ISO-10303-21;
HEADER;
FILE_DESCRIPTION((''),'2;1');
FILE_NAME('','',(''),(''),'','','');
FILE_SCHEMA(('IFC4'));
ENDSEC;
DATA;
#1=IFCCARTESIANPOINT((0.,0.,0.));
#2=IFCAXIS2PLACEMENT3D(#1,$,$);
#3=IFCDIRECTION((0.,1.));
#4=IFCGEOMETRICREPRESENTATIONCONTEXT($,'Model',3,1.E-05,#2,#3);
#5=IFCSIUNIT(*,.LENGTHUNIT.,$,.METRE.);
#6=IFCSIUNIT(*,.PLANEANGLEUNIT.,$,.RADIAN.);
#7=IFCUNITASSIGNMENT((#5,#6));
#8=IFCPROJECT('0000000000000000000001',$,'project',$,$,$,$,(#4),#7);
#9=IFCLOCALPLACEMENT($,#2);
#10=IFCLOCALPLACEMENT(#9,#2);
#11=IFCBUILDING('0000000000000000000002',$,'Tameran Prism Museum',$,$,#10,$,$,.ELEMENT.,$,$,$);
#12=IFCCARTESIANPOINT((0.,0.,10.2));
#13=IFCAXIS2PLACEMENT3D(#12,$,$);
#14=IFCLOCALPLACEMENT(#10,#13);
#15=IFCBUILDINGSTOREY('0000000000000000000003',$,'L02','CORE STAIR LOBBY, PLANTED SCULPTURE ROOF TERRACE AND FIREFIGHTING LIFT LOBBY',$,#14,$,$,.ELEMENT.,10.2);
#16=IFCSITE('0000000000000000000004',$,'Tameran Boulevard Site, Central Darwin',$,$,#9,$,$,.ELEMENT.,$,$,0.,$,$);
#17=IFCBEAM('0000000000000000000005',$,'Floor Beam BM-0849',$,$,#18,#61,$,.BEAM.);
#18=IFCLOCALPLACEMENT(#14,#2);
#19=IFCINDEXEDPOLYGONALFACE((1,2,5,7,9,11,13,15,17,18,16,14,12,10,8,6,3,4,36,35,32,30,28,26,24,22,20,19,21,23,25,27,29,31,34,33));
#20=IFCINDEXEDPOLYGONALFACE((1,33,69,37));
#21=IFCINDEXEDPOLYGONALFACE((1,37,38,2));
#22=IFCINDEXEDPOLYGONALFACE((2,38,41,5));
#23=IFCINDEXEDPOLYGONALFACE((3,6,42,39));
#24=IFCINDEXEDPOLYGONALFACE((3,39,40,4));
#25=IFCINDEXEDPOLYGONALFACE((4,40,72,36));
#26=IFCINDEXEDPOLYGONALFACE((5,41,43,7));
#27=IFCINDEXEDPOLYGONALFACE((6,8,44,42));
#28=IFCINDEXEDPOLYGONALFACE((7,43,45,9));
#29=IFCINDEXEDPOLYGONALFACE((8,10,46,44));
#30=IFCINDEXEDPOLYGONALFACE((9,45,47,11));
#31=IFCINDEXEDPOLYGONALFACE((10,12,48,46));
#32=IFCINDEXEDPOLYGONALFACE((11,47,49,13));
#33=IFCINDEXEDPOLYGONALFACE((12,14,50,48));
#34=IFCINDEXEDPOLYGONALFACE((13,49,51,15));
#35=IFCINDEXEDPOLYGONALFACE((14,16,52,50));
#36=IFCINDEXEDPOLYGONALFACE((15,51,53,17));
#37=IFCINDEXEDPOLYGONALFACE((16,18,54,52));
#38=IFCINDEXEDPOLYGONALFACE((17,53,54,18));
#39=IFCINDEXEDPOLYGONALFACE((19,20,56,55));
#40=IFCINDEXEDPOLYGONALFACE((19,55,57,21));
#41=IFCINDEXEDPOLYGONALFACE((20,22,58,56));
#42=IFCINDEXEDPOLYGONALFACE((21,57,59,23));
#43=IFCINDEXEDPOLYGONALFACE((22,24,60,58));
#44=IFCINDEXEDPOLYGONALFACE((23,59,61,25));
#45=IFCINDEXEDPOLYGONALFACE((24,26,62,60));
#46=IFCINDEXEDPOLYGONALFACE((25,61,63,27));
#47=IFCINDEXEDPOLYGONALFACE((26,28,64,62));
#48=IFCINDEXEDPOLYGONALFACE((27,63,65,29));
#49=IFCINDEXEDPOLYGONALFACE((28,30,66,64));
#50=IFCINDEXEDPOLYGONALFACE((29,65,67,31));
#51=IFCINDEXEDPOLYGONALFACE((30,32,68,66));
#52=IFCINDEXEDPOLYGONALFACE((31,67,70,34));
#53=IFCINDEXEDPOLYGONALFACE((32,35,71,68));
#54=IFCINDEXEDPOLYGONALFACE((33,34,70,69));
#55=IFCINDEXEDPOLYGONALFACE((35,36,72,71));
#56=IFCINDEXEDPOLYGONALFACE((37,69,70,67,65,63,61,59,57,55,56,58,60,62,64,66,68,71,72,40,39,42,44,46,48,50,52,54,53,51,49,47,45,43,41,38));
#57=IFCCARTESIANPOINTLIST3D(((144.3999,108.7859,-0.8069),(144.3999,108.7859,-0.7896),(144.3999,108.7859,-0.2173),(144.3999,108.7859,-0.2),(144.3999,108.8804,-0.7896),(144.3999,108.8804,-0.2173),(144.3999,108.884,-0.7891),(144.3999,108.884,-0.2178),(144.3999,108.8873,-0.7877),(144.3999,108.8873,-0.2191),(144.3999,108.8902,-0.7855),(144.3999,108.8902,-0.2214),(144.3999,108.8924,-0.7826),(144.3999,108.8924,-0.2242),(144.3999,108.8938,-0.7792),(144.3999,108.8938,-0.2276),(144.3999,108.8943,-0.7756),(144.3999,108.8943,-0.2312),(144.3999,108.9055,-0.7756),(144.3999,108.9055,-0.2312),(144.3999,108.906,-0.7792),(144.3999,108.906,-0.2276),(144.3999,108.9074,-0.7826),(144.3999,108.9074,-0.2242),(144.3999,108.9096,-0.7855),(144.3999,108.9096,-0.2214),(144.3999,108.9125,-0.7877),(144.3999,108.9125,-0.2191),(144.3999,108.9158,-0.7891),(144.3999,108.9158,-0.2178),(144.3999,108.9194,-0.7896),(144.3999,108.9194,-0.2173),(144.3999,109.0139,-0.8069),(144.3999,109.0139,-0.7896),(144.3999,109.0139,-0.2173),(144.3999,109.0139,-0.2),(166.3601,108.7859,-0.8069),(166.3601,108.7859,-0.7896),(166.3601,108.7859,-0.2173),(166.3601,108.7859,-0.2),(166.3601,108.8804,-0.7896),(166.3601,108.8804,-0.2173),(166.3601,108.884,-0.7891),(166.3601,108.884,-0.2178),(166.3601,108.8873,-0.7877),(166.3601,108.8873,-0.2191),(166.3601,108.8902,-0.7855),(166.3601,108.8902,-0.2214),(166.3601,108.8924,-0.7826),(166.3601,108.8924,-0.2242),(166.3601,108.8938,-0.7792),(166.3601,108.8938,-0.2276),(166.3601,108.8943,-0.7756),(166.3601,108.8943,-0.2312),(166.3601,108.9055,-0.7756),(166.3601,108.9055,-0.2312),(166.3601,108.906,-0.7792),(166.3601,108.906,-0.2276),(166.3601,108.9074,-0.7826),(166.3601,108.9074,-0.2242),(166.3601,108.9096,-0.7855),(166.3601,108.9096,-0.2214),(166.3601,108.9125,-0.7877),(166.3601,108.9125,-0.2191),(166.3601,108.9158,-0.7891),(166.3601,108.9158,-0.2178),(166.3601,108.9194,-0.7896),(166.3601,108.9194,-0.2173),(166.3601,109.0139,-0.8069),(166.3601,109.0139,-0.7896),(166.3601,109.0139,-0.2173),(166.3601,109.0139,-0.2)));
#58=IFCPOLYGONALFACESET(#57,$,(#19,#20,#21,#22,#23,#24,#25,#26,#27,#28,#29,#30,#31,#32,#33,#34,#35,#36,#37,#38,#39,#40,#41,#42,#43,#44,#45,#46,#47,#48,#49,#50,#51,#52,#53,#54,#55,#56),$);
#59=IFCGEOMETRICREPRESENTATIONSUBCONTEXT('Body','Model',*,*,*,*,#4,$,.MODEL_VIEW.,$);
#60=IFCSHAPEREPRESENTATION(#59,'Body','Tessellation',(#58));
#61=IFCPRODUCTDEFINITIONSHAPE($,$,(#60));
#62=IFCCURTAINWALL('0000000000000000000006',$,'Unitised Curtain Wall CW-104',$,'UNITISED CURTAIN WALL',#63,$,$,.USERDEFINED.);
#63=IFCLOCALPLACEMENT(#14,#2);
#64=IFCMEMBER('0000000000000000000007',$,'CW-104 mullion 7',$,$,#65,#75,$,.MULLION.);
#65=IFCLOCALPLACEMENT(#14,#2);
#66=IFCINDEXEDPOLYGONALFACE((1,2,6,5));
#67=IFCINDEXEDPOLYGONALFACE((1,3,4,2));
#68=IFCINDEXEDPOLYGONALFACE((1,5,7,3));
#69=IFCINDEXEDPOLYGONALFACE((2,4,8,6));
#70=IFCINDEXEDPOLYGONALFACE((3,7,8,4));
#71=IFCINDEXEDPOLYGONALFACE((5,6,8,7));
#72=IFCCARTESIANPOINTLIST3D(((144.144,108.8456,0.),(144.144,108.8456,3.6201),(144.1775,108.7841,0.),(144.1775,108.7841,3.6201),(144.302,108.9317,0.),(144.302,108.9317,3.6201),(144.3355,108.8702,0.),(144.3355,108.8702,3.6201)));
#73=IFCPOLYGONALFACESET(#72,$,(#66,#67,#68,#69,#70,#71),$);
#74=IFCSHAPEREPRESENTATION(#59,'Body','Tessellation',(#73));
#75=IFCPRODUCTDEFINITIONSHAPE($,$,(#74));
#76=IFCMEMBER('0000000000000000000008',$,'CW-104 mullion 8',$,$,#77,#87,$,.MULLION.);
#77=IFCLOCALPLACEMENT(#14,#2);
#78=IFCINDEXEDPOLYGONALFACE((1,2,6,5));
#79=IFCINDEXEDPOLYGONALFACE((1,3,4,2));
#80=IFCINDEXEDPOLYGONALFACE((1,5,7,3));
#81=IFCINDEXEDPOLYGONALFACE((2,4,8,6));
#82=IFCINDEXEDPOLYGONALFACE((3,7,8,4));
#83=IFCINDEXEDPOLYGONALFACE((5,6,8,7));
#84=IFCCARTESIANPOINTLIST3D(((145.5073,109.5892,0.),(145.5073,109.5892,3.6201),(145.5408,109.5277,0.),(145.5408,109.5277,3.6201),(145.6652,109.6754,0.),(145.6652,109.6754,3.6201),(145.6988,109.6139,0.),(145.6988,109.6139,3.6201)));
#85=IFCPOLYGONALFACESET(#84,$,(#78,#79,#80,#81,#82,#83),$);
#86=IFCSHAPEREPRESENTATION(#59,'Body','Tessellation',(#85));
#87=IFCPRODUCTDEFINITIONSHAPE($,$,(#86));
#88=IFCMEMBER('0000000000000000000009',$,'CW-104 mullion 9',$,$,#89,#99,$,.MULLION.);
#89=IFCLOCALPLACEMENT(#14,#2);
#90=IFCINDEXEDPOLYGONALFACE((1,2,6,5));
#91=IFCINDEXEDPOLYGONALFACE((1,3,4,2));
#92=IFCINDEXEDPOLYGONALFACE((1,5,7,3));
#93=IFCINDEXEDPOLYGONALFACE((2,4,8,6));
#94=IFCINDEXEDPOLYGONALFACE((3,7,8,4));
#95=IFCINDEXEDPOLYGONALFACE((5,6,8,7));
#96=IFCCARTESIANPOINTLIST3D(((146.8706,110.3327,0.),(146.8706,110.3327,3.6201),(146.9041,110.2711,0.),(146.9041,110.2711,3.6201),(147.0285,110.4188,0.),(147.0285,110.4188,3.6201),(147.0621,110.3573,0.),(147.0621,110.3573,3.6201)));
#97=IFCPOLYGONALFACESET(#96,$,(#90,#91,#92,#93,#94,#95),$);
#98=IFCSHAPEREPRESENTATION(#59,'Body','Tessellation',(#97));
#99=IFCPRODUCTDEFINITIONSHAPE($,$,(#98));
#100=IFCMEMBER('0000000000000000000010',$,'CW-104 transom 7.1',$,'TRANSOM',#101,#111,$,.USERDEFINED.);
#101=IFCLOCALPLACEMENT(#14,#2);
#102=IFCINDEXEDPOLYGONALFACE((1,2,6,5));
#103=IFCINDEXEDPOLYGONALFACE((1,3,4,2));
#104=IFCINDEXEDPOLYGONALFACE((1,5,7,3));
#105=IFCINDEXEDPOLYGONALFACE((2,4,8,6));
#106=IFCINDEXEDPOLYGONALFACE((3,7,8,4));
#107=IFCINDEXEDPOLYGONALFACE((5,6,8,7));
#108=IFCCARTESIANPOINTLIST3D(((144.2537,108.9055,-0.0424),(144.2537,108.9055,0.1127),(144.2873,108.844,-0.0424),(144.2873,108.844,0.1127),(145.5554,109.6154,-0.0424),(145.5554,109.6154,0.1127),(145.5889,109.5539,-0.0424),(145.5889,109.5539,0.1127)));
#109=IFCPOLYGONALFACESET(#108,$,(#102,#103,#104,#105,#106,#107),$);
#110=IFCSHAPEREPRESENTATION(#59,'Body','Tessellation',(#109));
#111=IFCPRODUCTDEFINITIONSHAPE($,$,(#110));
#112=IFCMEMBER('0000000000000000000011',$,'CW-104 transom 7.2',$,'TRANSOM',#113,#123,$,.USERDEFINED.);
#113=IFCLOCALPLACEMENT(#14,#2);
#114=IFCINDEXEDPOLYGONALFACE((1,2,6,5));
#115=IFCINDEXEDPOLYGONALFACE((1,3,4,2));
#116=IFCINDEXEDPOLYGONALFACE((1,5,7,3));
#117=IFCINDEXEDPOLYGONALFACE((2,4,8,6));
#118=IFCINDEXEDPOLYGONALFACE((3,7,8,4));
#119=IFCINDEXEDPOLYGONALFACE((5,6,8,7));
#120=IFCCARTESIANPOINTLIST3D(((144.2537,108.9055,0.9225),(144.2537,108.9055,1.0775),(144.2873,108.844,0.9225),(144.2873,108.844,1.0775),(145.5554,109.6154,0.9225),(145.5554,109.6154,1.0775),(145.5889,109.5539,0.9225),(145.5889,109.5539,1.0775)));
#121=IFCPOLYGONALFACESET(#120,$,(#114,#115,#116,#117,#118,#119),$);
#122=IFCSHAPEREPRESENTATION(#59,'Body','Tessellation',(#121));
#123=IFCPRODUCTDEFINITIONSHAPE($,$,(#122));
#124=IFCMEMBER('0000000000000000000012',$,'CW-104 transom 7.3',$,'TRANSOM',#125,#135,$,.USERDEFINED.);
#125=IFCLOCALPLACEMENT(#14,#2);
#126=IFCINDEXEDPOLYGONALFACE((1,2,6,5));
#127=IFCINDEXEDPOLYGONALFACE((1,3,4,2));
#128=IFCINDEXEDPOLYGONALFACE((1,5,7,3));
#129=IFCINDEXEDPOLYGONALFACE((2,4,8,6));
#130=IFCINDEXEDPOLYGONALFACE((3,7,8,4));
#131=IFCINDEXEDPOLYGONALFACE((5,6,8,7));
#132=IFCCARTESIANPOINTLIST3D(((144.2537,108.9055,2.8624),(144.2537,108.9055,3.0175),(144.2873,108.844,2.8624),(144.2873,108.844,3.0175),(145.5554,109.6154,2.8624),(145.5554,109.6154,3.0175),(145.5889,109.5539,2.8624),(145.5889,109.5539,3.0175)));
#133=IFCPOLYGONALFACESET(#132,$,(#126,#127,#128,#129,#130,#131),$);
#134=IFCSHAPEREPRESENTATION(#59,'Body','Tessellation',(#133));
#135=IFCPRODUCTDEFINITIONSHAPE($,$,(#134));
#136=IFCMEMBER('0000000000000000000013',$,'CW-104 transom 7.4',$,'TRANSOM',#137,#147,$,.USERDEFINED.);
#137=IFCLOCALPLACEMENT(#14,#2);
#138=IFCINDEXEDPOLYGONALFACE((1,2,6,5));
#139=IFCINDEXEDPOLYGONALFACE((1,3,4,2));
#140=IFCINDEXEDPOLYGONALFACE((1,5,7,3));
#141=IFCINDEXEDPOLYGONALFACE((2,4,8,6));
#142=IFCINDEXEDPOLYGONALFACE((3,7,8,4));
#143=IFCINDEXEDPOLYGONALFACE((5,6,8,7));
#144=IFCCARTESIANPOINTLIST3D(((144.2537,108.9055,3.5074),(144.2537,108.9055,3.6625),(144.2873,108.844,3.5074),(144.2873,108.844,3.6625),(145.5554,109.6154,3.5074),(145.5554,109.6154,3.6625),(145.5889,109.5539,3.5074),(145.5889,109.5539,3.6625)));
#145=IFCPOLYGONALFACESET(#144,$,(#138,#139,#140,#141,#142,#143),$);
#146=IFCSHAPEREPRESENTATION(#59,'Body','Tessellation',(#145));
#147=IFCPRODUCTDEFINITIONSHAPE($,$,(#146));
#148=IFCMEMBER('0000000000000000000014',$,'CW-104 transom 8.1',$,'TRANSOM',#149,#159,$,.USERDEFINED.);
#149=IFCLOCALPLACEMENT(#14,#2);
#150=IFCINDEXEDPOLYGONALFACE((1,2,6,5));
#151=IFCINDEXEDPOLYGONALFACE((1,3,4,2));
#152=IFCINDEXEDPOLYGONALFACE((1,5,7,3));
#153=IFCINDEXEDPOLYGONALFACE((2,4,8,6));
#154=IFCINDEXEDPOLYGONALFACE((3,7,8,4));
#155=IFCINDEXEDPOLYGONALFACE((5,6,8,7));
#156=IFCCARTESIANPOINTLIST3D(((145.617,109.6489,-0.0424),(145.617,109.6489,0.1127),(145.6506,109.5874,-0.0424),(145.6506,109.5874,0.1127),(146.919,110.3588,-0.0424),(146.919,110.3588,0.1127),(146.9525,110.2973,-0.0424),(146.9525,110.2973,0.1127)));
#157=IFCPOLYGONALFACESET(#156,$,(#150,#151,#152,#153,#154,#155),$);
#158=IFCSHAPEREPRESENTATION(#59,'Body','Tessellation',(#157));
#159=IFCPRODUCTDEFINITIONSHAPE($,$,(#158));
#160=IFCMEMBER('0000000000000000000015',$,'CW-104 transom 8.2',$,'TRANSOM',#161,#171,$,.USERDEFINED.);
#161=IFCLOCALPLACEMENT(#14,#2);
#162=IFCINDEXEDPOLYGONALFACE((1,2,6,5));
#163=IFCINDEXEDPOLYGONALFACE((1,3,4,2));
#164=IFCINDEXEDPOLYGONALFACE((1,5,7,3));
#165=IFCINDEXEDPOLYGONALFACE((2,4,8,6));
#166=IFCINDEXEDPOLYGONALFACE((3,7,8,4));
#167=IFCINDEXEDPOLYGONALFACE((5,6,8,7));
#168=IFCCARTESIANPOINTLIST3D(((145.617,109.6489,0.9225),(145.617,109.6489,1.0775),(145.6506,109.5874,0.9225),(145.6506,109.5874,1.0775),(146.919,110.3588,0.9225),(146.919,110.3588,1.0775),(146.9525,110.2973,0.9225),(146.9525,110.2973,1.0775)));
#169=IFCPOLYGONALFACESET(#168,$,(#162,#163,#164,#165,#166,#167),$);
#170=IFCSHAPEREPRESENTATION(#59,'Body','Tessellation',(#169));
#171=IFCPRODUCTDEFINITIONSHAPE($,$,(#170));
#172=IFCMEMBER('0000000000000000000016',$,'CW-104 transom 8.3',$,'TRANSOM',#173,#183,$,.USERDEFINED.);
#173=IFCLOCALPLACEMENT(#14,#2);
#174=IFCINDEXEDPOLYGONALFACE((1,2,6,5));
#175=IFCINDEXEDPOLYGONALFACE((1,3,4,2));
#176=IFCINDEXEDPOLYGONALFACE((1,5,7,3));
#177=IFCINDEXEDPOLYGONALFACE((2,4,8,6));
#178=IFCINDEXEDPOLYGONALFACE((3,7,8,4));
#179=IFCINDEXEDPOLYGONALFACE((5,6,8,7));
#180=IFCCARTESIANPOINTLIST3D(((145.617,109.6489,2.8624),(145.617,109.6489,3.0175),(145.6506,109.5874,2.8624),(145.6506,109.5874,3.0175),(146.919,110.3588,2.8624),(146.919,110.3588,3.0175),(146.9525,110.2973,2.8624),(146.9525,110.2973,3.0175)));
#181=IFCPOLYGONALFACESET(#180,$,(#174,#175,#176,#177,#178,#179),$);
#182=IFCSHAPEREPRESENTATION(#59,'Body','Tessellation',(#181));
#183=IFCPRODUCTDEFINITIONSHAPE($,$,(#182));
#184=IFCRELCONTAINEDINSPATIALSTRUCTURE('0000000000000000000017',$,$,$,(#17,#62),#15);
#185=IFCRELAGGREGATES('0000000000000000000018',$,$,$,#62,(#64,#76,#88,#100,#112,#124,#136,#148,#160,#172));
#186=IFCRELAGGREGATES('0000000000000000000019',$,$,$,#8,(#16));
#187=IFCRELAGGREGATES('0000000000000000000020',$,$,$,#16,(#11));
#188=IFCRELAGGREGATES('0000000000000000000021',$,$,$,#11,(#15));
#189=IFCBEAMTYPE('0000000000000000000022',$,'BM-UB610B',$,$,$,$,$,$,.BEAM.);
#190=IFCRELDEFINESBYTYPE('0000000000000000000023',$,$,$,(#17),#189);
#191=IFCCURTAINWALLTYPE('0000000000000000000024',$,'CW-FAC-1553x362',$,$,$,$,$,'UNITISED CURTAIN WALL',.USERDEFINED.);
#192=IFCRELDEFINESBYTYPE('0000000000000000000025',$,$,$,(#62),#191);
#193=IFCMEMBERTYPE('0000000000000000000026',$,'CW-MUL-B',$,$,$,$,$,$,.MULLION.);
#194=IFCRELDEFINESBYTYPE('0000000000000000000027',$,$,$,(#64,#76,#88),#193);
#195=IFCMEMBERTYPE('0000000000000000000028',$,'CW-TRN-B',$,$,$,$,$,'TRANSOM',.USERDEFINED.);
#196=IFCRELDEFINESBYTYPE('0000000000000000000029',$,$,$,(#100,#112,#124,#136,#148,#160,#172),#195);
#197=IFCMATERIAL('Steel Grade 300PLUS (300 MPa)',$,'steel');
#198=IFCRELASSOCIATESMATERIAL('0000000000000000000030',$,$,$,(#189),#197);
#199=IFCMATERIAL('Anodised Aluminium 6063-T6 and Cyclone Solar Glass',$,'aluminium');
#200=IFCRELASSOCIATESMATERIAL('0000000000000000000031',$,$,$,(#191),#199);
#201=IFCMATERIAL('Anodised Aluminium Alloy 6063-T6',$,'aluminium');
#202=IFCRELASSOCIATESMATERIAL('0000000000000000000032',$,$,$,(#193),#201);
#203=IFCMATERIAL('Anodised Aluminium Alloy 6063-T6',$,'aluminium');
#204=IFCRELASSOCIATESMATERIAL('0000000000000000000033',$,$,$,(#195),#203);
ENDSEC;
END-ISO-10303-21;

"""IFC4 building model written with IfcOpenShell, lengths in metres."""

from ifc_helpers import new_model, si_unit, direction, frame, origin, origin_2d, place, context, subcontext, project, spatial, rectangle, i_section, extrude, material, material_profile, profile_set, type_object, element, aggregate, save


model = new_model("IFC4")

# Units and contexts
model_context = context("Model", 3, precision=1e-05, world=origin(), true_north=direction((0.0, 1.0)))
body_context = subcontext(model_context, "Body", "Model", "MODEL_VIEW")
ifc_project = project(units=[si_unit("LENGTHUNIT", "METRE"), si_unit("PLANEANGLEUNIT", "RADIAN")], contexts=[model_context])

# Site, building, storey
site_placement = place(None, origin())
site = spatial("IfcSite", under=ifc_project, at=site_placement, Name="Tameran Boulevard Site, Central Darwin", CompositionType="ELEMENT", RefElevation=0.0)
building_placement = place(site_placement, origin())
building = spatial("IfcBuilding", under=site, at=building_placement, Name="Tameran Prism Museum", CompositionType="ELEMENT")
storey_placement = place(building_placement, frame((0.0, 0.0, 10.2)))
storey = spatial("IfcBuildingStorey", under=building, at=storey_placement, Name="L02", Description="CORE STAIR LOBBY, PLANTED SCULPTURE ROOF TERRACE AND FIREFIGHTING LIFT LOBBY", CompositionType="ELEMENT", Elevation=10.2)

# Beam
ifc_material_1 = material(Name="Steel Grade 300PLUS (300 MPa)", Category="steel")
ifc_material_profile_1 = material_profile(ifc_material_1, i_section(OverallWidth=0.228, OverallDepth=0.6069, WebThickness=0.0112, FlangeThickness=0.0173, FilletRadius=0.0139, at=origin_2d()))
ifc_profile_set_1 = profile_set([ifc_material_profile_1])
beam_type = type_object("IfcBeamType", Name="BM-UB610B", PredefinedType="BEAM", material=ifc_profile_set_1)
beam_placement = place(storey_placement, frame((144.3999, 108.8999, -0.5034), z_axis=(1.0, 0.0, 0.0), x_axis=(0.0, 1.0, 0.0)))
element("IfcBeam", 1, at=beam_placement, inside=storey, type_object=beam_type, Name="Floor Beam BM-0849", PredefinedType="BEAM", context=body_context, shape_type="SweptSolid", body=[
    extrude(i_section(OverallWidth=0.228, OverallDepth=0.6069, WebThickness=0.0112, FlangeThickness=0.0173, FilletRadius=0.0139, at=origin_2d()), origin(), (0.0, 0.0, 1.0), 21.9602),
])

# Curtain wall, members
ifc_material_2 = material(Name="Anodised Aluminium 6063-T6 and Cyclone Solar Glass", Category="aluminium")
curtain_wall_type = type_object("IfcCurtainWallType", Name="CW-FAC-1553x362", ElementType="UNITISED CURTAIN WALL", PredefinedType="USERDEFINED", material=ifc_material_2)
curtain_wall_placement = place(storey_placement, origin())
curtain_wall = element("IfcCurtainWall", 2, at=curtain_wall_placement, inside=storey, type_object=curtain_wall_type, Name="Unitised Curtain Wall CW-104", ObjectType="UNITISED CURTAIN WALL", PredefinedType="USERDEFINED")
ifc_material_3 = material(Name="Anodised Aluminium Alloy 6063-T6", Category="aluminium")
ifc_material_profile_2 = material_profile(ifc_material_3, rectangle(XDim=0.0701, YDim=0.1799, at=origin_2d()))
ifc_profile_set_2 = profile_set([ifc_material_profile_2])
member_type_1 = type_object("IfcMemberType", Name="CW-MUL-B", PredefinedType="MULLION", material=ifc_profile_set_2)
member_1_placement = place(storey_placement, frame((144.2397, 108.8579, 0.0), z_axis=(0.0, 0.0, 1.0), x_axis=(-0.478793, 0.877928, 0.0)))
member_1 = element("IfcMember", 3, at=member_1_placement, type_object=member_type_1, Name="CW-104 mullion 7", PredefinedType="MULLION", context=body_context, shape_type="SweptSolid", body=[
    extrude(rectangle(XDim=0.0701, YDim=0.1799, at=origin_2d()), origin(), (0.0, 0.0, 1.0), 3.6201),
])
member_2_placement = place(storey_placement, frame((145.603, 109.6016, 0.0), z_axis=(0.0, 0.0, 1.0), x_axis=(-0.478793, 0.877928, 0.0)))
member_2 = element("IfcMember", 4, at=member_2_placement, type_object=member_type_1, Name="CW-104 mullion 8", PredefinedType="MULLION", context=body_context, shape_type="SweptSolid", body=[
    extrude(rectangle(XDim=0.0701, YDim=0.1799, at=origin_2d()), origin(), (0.0, 0.0, 1.0), 3.6201),
])
member_3_placement = place(storey_placement, frame((146.9663, 110.345, 0.0), z_axis=(0.0, 0.0, 1.0), x_axis=(-0.478793, 0.877928, 0.0)))
member_3 = element("IfcMember", 5, at=member_3_placement, type_object=member_type_1, Name="CW-104 mullion 9", PredefinedType="MULLION", context=body_context, shape_type="SweptSolid", body=[
    extrude(rectangle(XDim=0.0701, YDim=0.1799, at=origin_2d()), origin(), (0.0, 0.0, 1.0), 3.6201),
])
ifc_material_4 = material(Name="Anodised Aluminium Alloy 6063-T6", Category="aluminium")
ifc_material_profile_3 = material_profile(ifc_material_4, rectangle(XDim=0.0701, YDim=0.155, at=origin_2d()))
ifc_profile_set_3 = profile_set([ifc_material_profile_3])
member_type_2 = type_object("IfcMemberType", Name="CW-TRN-B", ElementType="TRANSOM", PredefinedType="USERDEFINED", material=ifc_profile_set_3)
member_4_placement = place(storey_placement, frame((144.2705, 108.8748, 0.0352), z_axis=(0.877921, 0.478806, 0.0), x_axis=(-0.478806, 0.877921, 0.0)))
member_4 = element("IfcMember", 6, at=member_4_placement, type_object=member_type_2, Name="CW-104 transom 7.1", ObjectType="TRANSOM", PredefinedType="USERDEFINED", context=body_context, shape_type="SweptSolid", body=[
    extrude(rectangle(XDim=0.0701, YDim=0.155, at=origin_2d()), origin(), (0.0, 0.0, 1.0), 1.4827),
])
member_5_placement = place(storey_placement, frame((144.2705, 108.8748, 1.0), z_axis=(0.877921, 0.478806, 0.0), x_axis=(-0.478806, 0.877921, 0.0)))
member_5 = element("IfcMember", 7, at=member_5_placement, type_object=member_type_2, Name="CW-104 transom 7.2", ObjectType="TRANSOM", PredefinedType="USERDEFINED", context=body_context, shape_type="SweptSolid", body=[
    extrude(rectangle(XDim=0.0701, YDim=0.155, at=origin_2d()), origin(), (0.0, 0.0, 1.0), 1.4827),
])
member_6_placement = place(storey_placement, frame((144.2705, 108.8748, 2.9399), z_axis=(0.877921, 0.478806, 0.0), x_axis=(-0.478806, 0.877921, 0.0)))
member_6 = element("IfcMember", 8, at=member_6_placement, type_object=member_type_2, Name="CW-104 transom 7.3", ObjectType="TRANSOM", PredefinedType="USERDEFINED", context=body_context, shape_type="SweptSolid", body=[
    extrude(rectangle(XDim=0.0701, YDim=0.155, at=origin_2d()), origin(), (0.0, 0.0, 1.0), 1.4827),
])
member_7_placement = place(storey_placement, frame((144.2705, 108.8748, 3.585), z_axis=(0.877921, 0.478806, 0.0), x_axis=(-0.478806, 0.877921, 0.0)))
member_7 = element("IfcMember", 9, at=member_7_placement, type_object=member_type_2, Name="CW-104 transom 7.4", ObjectType="TRANSOM", PredefinedType="USERDEFINED", context=body_context, shape_type="SweptSolid", body=[
    extrude(rectangle(XDim=0.0701, YDim=0.155, at=origin_2d()), origin(), (0.0, 0.0, 1.0), 1.4827),
])
member_8_placement = place(storey_placement, frame((145.6338, 109.6182, 0.0352), z_axis=(0.877958, 0.478737, 0.0), x_axis=(-0.478737, 0.877958, 0.0)))
member_8 = element("IfcMember", 10, at=member_8_placement, type_object=member_type_2, Name="CW-104 transom 8.1", ObjectType="TRANSOM", PredefinedType="USERDEFINED", context=body_context, shape_type="SweptSolid", body=[
    extrude(rectangle(XDim=0.0701, YDim=0.155, at=origin_2d()), origin(), (0.0, 0.0, 1.0), 1.4829),
])
member_9_placement = place(storey_placement, frame((145.6338, 109.6182, 1.0), z_axis=(0.877958, 0.478737, 0.0), x_axis=(-0.478737, 0.877958, 0.0)))
member_9 = element("IfcMember", 11, at=member_9_placement, type_object=member_type_2, Name="CW-104 transom 8.2", ObjectType="TRANSOM", PredefinedType="USERDEFINED", context=body_context, shape_type="SweptSolid", body=[
    extrude(rectangle(XDim=0.0701, YDim=0.155, at=origin_2d()), origin(), (0.0, 0.0, 1.0), 1.4829),
])
member_10_placement = place(storey_placement, frame((145.6338, 109.6182, 2.9399), z_axis=(0.877958, 0.478737, 0.0), x_axis=(-0.478737, 0.877958, 0.0)))
member_10 = element("IfcMember", 12, at=member_10_placement, type_object=member_type_2, Name="CW-104 transom 8.3", ObjectType="TRANSOM", PredefinedType="USERDEFINED", context=body_context, shape_type="SweptSolid", body=[
    extrude(rectangle(XDim=0.0701, YDim=0.155, at=origin_2d()), origin(), (0.0, 0.0, 1.0), 1.4829),
])
aggregate(curtain_wall, [member_1, member_2, member_3, member_4, member_5, member_6, member_7, member_8, member_9, member_10])

save(model, "model.ifc")
